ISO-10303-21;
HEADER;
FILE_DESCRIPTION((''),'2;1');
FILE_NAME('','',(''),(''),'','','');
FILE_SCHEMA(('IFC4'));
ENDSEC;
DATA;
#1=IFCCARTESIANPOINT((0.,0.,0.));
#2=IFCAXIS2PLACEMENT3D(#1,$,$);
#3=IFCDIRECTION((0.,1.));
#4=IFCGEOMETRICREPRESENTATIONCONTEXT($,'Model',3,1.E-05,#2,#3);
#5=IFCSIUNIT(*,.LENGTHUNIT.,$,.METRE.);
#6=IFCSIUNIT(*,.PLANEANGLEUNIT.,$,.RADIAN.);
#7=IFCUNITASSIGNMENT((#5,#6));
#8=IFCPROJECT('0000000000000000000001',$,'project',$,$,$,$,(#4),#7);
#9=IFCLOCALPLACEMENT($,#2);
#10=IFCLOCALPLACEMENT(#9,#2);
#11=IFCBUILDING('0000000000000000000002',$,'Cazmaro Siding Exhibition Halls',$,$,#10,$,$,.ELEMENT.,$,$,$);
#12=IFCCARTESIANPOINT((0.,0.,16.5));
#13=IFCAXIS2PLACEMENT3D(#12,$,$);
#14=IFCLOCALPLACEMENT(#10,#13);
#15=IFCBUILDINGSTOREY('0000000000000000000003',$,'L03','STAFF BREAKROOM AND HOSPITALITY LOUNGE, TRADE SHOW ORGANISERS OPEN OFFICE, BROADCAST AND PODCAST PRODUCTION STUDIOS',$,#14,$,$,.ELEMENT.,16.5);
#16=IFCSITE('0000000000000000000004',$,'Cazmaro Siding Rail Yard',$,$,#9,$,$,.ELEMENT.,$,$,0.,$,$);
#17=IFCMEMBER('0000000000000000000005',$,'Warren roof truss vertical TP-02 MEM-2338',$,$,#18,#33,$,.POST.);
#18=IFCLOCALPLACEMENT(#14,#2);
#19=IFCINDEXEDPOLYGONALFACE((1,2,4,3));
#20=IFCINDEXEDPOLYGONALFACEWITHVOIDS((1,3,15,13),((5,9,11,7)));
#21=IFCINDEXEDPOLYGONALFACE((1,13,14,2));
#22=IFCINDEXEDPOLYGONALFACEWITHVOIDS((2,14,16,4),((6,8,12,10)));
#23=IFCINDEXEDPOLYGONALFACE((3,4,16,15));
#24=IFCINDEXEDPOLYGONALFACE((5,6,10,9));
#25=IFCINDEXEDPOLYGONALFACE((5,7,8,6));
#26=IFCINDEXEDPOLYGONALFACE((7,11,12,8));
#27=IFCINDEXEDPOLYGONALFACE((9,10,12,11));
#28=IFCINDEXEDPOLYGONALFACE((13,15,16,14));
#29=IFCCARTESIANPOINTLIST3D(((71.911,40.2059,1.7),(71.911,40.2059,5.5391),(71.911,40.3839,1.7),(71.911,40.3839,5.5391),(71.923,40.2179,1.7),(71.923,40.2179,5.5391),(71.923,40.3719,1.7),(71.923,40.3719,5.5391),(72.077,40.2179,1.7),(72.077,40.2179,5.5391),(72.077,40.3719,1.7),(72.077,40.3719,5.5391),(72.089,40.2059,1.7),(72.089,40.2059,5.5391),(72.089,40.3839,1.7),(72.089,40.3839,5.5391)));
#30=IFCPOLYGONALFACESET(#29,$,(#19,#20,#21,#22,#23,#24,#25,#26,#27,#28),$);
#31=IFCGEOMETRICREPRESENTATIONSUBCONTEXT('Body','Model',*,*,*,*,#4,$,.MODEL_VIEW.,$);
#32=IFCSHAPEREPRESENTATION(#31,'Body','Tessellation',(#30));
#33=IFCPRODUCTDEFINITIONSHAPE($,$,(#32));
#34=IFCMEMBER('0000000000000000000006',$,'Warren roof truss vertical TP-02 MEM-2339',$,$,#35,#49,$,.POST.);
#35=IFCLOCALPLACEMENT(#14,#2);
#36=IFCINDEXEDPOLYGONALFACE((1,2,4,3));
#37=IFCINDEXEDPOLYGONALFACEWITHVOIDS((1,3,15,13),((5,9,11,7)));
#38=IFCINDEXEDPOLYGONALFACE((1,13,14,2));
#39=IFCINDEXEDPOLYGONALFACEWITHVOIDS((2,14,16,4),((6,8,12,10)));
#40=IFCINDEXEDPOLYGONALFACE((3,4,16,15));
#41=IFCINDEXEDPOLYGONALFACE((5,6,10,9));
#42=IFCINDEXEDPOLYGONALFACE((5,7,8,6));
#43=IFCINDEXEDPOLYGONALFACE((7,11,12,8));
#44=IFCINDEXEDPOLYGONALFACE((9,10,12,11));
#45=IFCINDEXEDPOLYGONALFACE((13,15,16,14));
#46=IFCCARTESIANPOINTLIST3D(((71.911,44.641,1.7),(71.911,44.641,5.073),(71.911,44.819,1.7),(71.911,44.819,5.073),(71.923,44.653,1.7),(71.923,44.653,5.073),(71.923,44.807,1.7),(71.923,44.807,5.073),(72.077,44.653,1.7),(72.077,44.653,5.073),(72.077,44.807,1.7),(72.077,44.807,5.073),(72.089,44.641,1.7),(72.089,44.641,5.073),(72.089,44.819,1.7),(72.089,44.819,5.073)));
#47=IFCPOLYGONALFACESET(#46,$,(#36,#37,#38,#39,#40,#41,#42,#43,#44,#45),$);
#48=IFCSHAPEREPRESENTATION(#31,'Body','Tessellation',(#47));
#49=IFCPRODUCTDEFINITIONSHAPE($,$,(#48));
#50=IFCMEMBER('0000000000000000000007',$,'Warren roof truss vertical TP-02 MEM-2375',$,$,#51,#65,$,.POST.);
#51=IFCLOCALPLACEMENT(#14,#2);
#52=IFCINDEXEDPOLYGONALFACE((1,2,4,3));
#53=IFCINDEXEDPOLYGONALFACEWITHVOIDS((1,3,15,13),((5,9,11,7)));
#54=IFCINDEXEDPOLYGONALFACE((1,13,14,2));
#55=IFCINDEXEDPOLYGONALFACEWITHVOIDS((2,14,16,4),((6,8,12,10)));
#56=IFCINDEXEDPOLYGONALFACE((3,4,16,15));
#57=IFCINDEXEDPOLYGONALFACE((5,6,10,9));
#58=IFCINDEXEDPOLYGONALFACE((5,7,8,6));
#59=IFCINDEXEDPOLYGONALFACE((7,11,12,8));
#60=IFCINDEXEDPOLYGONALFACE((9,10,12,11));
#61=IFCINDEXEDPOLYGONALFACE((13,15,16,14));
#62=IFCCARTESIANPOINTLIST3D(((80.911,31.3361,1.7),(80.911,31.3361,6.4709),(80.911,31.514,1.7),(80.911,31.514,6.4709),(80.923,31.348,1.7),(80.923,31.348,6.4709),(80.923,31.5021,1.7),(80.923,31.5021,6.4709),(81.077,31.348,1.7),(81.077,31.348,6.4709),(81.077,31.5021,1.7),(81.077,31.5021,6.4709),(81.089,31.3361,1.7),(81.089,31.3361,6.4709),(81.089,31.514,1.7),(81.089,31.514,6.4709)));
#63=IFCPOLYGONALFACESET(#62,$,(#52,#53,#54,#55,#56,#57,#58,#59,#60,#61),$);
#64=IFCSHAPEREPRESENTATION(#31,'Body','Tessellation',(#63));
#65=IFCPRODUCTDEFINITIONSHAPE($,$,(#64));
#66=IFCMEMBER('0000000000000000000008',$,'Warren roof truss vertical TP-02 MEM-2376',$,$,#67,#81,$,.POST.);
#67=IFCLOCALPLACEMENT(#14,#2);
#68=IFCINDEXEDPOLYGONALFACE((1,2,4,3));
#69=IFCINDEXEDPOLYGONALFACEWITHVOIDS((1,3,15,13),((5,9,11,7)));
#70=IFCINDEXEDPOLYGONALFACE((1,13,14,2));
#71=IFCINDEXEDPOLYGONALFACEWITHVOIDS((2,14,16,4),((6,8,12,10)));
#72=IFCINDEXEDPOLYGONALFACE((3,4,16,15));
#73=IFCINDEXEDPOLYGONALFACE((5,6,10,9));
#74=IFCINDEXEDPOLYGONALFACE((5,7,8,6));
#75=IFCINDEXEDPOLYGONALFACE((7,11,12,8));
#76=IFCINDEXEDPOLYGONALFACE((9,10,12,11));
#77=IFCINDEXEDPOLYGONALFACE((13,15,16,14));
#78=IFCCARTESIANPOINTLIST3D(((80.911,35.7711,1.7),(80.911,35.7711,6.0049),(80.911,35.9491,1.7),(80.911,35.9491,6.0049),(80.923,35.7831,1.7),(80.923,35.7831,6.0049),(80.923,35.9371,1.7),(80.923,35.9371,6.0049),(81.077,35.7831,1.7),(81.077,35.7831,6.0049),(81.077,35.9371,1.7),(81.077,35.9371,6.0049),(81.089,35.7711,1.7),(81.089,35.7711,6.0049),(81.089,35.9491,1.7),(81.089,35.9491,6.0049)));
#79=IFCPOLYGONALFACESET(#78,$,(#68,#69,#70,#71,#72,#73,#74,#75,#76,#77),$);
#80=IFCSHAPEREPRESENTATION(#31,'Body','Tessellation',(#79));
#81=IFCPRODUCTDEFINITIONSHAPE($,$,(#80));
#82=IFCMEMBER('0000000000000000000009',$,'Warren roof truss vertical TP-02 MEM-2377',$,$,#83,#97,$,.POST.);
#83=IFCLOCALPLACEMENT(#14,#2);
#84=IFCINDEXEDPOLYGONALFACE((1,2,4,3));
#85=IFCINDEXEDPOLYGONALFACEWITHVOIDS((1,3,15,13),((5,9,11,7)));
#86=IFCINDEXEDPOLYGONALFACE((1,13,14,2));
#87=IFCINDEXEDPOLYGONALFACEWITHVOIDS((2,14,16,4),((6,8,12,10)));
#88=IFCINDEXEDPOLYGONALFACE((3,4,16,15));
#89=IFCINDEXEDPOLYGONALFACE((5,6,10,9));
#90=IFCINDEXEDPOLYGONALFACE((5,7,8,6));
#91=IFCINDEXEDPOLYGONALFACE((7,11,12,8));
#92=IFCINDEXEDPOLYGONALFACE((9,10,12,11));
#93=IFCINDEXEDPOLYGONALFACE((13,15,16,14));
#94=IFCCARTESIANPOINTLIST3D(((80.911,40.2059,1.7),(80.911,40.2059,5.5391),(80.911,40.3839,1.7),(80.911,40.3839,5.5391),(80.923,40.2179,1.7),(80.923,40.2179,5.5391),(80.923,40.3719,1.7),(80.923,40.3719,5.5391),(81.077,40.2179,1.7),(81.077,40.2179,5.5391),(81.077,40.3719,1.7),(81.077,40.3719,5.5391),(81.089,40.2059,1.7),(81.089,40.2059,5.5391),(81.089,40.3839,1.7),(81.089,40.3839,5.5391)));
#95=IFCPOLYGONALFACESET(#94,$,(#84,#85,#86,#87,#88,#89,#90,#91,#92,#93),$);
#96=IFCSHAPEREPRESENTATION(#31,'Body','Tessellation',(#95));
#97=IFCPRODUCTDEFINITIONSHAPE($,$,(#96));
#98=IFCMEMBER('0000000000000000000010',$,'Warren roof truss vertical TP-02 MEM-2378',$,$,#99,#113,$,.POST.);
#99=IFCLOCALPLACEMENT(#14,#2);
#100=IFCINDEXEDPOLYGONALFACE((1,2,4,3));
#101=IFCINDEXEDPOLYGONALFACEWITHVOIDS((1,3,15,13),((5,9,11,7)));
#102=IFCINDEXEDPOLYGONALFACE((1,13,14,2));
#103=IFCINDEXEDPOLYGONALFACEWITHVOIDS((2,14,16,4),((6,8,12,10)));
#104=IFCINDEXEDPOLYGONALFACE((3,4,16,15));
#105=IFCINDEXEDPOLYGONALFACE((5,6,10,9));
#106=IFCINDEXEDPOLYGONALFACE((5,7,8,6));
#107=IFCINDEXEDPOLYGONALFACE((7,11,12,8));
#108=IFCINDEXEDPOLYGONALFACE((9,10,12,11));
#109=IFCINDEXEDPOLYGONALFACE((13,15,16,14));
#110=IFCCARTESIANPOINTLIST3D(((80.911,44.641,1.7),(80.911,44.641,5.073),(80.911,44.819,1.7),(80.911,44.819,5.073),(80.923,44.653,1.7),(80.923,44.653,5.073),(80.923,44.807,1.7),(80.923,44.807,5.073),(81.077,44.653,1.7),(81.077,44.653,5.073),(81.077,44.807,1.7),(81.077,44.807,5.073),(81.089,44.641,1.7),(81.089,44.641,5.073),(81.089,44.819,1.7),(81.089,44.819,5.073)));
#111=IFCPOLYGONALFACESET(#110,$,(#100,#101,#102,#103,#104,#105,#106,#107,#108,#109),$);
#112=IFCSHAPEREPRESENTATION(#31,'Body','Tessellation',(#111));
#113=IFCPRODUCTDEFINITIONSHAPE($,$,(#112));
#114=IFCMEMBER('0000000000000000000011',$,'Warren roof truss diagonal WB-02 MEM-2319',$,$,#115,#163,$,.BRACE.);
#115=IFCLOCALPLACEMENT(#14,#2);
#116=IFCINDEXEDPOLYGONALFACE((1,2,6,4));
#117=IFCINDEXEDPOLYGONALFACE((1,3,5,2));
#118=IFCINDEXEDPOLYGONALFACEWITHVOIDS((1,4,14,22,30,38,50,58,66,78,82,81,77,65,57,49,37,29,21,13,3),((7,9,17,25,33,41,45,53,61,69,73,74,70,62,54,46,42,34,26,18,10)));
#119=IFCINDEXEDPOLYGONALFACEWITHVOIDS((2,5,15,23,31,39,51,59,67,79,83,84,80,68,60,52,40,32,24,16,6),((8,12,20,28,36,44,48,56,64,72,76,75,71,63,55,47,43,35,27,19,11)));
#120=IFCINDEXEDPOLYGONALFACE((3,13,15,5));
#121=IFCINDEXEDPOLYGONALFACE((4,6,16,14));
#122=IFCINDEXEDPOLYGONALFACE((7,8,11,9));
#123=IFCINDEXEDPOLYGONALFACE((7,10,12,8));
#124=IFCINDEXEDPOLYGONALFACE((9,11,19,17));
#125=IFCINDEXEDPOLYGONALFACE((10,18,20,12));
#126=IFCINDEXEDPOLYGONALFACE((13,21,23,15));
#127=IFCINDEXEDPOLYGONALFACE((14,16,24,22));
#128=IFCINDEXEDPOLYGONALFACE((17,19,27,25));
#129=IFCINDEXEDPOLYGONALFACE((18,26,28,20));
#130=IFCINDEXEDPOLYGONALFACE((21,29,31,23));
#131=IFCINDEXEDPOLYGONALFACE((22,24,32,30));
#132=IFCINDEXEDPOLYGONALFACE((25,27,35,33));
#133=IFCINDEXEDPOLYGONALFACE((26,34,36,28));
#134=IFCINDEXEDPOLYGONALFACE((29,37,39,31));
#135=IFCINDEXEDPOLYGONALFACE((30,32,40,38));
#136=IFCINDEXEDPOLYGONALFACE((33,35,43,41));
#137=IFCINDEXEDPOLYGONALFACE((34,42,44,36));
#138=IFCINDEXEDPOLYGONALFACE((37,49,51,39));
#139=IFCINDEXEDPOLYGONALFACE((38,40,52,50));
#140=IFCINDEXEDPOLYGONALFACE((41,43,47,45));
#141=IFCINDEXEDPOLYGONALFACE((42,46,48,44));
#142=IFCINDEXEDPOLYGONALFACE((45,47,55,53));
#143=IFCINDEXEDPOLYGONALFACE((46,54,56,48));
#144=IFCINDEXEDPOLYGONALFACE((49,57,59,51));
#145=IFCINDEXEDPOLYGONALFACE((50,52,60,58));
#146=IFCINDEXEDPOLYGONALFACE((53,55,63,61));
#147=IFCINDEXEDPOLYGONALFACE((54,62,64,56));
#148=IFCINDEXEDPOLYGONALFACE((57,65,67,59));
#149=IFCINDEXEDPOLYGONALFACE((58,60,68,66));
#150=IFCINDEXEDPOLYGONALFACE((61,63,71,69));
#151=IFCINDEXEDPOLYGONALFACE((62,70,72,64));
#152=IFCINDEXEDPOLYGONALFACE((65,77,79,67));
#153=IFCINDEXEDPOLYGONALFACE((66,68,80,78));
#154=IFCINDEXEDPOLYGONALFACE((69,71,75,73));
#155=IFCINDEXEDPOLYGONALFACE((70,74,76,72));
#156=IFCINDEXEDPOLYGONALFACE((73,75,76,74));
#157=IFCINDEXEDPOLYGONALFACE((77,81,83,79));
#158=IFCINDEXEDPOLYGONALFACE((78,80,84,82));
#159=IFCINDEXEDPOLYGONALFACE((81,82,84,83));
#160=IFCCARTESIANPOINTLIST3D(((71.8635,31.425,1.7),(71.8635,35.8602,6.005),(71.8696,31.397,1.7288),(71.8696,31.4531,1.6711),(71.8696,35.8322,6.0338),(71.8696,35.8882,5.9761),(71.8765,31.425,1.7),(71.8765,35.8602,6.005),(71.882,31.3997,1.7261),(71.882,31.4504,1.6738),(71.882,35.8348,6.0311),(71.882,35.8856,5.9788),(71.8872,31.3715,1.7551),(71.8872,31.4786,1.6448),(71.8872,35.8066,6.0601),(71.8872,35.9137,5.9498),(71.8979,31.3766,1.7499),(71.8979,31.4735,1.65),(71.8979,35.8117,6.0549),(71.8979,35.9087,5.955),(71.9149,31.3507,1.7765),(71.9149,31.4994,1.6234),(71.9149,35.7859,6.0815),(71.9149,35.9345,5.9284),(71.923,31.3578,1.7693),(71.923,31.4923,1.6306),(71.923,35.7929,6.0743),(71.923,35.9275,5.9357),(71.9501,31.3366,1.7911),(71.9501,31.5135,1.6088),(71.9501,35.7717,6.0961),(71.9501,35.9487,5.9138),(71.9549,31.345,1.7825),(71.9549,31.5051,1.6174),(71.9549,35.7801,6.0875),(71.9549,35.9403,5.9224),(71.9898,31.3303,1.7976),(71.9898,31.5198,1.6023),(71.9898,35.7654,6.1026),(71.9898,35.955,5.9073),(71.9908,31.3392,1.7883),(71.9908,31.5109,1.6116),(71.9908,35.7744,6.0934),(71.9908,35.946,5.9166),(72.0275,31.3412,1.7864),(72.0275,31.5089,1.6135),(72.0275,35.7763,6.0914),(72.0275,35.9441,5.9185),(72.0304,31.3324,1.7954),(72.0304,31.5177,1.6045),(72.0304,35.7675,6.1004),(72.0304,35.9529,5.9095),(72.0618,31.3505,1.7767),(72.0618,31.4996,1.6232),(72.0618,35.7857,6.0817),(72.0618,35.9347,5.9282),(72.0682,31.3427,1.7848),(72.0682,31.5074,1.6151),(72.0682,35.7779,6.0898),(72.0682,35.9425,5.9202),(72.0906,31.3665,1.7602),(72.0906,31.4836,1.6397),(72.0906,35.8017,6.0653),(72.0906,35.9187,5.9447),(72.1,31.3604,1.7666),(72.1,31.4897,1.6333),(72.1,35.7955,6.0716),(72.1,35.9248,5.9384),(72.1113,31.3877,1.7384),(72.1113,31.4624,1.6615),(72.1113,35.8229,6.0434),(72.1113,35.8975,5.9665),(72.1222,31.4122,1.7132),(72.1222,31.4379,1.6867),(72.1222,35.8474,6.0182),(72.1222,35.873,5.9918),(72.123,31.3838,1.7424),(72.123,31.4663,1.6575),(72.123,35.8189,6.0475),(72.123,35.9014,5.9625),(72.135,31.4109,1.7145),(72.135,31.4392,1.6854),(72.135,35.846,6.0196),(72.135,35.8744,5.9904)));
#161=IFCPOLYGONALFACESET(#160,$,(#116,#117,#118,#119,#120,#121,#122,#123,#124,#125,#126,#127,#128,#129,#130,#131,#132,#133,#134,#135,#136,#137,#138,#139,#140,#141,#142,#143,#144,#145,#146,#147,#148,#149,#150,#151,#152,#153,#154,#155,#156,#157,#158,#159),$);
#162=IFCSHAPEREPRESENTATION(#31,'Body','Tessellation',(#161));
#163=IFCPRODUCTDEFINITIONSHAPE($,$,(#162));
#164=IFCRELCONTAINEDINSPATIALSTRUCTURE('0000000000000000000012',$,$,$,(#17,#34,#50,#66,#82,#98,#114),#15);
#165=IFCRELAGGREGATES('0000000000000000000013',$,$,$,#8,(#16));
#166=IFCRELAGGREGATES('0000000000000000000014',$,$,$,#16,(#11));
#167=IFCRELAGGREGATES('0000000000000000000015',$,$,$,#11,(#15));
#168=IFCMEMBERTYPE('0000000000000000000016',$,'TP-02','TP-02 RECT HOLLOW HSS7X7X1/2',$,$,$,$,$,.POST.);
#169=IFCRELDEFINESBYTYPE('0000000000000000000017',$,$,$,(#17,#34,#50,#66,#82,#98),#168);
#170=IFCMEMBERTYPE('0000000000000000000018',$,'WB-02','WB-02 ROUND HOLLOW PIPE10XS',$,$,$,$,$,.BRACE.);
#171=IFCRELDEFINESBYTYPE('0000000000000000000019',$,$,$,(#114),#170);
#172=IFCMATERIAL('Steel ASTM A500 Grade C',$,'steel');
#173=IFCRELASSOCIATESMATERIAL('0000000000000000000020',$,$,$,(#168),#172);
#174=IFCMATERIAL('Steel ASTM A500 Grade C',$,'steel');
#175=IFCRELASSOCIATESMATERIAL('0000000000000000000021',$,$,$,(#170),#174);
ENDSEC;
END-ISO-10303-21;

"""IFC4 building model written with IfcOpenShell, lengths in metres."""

from ifc_helpers import new_model, si_unit, direction, frame, origin, origin_2d, place, context, subcontext, project, spatial, hollow_rectangle, hollow_circle, extrude, material, material_profile, profile_set, type_object, element, save


model = new_model("IFC4")

# Units and contexts
model_context = context("Model", 3, precision=1e-05, world=origin(), true_north=direction((0.0, 1.0)))
body_context = subcontext(model_context, "Body", "Model", "MODEL_VIEW")
ifc_project = project(units=[si_unit("LENGTHUNIT", "METRE"), si_unit("PLANEANGLEUNIT", "RADIAN")], contexts=[model_context])

# Site, building, storey
site_placement = place(None, origin())
site = spatial("IfcSite", under=ifc_project, at=site_placement, Name="Cazmaro Siding Rail Yard", CompositionType="ELEMENT", RefElevation=0.0)
building_placement = place(site_placement, origin())
building = spatial("IfcBuilding", under=site, at=building_placement, Name="Cazmaro Siding Exhibition Halls", CompositionType="ELEMENT")
storey_placement = place(building_placement, frame((0.0, 0.0, 16.5)))
storey = spatial("IfcBuildingStorey", under=building, at=storey_placement, Name="L03", Description="STAFF BREAKROOM AND HOSPITALITY LOUNGE, TRADE SHOW ORGANISERS OPEN OFFICE, BROADCAST AND PODCAST PRODUCTION STUDIOS", CompositionType="ELEMENT", Elevation=16.5)

# Members
ifc_material_1 = material(Name="Steel ASTM A500 Grade C", Category="steel")
ifc_material_profile_1 = material_profile(ifc_material_1, hollow_rectangle(XDim=0.178, YDim=0.178, WallThickness=0.012, at=origin_2d()), Name="HSS7X7X1/2")
ifc_profile_set_1 = profile_set([ifc_material_profile_1], Name="Steel ASTM A500 Grade C")
member_type_1 = type_object("IfcMemberType", Name="TP-02", Description="TP-02 RECT HOLLOW HSS7X7X1/2", PredefinedType="POST", material=ifc_profile_set_1)
member_1_placement = place(storey_placement, frame((72.0, 40.2949, 1.7), z_axis=(0.0, 0.0, 1.0), x_axis=(1.0, 0.0, 0.0)))
element("IfcMember", 1, at=member_1_placement, inside=storey, type_object=member_type_1, Name="Warren roof truss vertical TP-02 MEM-2338", PredefinedType="POST", context=body_context, shape_type="SweptSolid", body=[
    extrude(hollow_rectangle(XDim=0.178, YDim=0.178, WallThickness=0.012, at=origin_2d()), origin(), (0.0, 0.0, 1.0), 3.8391),
])
member_2_placement = place(storey_placement, frame((72.0, 44.73, 1.7), z_axis=(0.0, 0.0, 1.0), x_axis=(1.0, 0.0, 0.0)))
element("IfcMember", 2, at=member_2_placement, inside=storey, type_object=member_type_1, Name="Warren roof truss vertical TP-02 MEM-2339", PredefinedType="POST", context=body_context, shape_type="SweptSolid", body=[
    extrude(hollow_rectangle(XDim=0.178, YDim=0.178, WallThickness=0.012, at=origin_2d()), origin(), (0.0, 0.0, 1.0), 3.373),
])
member_3_placement = place(storey_placement, frame((81.0, 31.425, 1.7), z_axis=(0.0, 0.0, 1.0), x_axis=(1.0, 0.0, 0.0)))
element("IfcMember", 3, at=member_3_placement, inside=storey, type_object=member_type_1, Name="Warren roof truss vertical TP-02 MEM-2375", PredefinedType="POST", context=body_context, shape_type="SweptSolid", body=[
    extrude(hollow_rectangle(XDim=0.178, YDim=0.178, WallThickness=0.012, at=origin_2d()), origin(), (0.0, 0.0, 1.0), 4.771),
])
member_4_placement = place(storey_placement, frame((81.0, 35.8601, 1.7), z_axis=(0.0, 0.0, 1.0), x_axis=(1.0, 0.0, 0.0)))
element("IfcMember", 4, at=member_4_placement, inside=storey, type_object=member_type_1, Name="Warren roof truss vertical TP-02 MEM-2376", PredefinedType="POST", context=body_context, shape_type="SweptSolid", body=[
    extrude(hollow_rectangle(XDim=0.178, YDim=0.178, WallThickness=0.012, at=origin_2d()), origin(), (0.0, 0.0, 1.0), 4.3049),
])
member_5_placement = place(storey_placement, frame((81.0, 40.2949, 1.7), z_axis=(0.0, 0.0, 1.0), x_axis=(1.0, 0.0, 0.0)))
element("IfcMember", 5, at=member_5_placement, inside=storey, type_object=member_type_1, Name="Warren roof truss vertical TP-02 MEM-2377", PredefinedType="POST", context=body_context, shape_type="SweptSolid", body=[
    extrude(hollow_rectangle(XDim=0.178, YDim=0.178, WallThickness=0.012, at=origin_2d()), origin(), (0.0, 0.0, 1.0), 3.8391),
])
member_6_placement = place(storey_placement, frame((81.0, 44.73, 1.7), z_axis=(0.0, 0.0, 1.0), x_axis=(1.0, 0.0, 0.0)))
element("IfcMember", 6, at=member_6_placement, inside=storey, type_object=member_type_1, Name="Warren roof truss vertical TP-02 MEM-2378", PredefinedType="POST", context=body_context, shape_type="SweptSolid", body=[
    extrude(hollow_rectangle(XDim=0.178, YDim=0.178, WallThickness=0.012, at=origin_2d()), origin(), (0.0, 0.0, 1.0), 3.373),
])
ifc_material_2 = material(Name="Steel ASTM A500 Grade C", Category="steel")
ifc_material_profile_2 = material_profile(ifc_material_2, hollow_circle(Radius=0.1365, WallThickness=0.0129, at=origin_2d()), Name="PIPE10XS")
ifc_profile_set_2 = profile_set([ifc_material_profile_2], Name="Steel ASTM A500 Grade C")
member_type_2 = type_object("IfcMemberType", Name="WB-02", Description="WB-02 ROUND HOLLOW PIPE10XS", PredefinedType="BRACE", material=ifc_profile_set_2)
member_7_placement = place(storey_placement, frame((72.0, 31.425, 1.7), z_axis=(0.0, 0.717555, 0.696502), x_axis=(-1.0, 0.0, 0.0)))
element("IfcMember", 7, at=member_7_placement, inside=storey, type_object=member_type_2, Name="Warren roof truss diagonal WB-02 MEM-2319", PredefinedType="BRACE", context=body_context, shape_type="SweptSolid", body=[
    extrude(hollow_circle(Radius=0.1365, WallThickness=0.0129, at=origin_2d()), origin(), (0.0, 0.0, 1.0), 6.1809),
])

save(model, "model.ifc")
